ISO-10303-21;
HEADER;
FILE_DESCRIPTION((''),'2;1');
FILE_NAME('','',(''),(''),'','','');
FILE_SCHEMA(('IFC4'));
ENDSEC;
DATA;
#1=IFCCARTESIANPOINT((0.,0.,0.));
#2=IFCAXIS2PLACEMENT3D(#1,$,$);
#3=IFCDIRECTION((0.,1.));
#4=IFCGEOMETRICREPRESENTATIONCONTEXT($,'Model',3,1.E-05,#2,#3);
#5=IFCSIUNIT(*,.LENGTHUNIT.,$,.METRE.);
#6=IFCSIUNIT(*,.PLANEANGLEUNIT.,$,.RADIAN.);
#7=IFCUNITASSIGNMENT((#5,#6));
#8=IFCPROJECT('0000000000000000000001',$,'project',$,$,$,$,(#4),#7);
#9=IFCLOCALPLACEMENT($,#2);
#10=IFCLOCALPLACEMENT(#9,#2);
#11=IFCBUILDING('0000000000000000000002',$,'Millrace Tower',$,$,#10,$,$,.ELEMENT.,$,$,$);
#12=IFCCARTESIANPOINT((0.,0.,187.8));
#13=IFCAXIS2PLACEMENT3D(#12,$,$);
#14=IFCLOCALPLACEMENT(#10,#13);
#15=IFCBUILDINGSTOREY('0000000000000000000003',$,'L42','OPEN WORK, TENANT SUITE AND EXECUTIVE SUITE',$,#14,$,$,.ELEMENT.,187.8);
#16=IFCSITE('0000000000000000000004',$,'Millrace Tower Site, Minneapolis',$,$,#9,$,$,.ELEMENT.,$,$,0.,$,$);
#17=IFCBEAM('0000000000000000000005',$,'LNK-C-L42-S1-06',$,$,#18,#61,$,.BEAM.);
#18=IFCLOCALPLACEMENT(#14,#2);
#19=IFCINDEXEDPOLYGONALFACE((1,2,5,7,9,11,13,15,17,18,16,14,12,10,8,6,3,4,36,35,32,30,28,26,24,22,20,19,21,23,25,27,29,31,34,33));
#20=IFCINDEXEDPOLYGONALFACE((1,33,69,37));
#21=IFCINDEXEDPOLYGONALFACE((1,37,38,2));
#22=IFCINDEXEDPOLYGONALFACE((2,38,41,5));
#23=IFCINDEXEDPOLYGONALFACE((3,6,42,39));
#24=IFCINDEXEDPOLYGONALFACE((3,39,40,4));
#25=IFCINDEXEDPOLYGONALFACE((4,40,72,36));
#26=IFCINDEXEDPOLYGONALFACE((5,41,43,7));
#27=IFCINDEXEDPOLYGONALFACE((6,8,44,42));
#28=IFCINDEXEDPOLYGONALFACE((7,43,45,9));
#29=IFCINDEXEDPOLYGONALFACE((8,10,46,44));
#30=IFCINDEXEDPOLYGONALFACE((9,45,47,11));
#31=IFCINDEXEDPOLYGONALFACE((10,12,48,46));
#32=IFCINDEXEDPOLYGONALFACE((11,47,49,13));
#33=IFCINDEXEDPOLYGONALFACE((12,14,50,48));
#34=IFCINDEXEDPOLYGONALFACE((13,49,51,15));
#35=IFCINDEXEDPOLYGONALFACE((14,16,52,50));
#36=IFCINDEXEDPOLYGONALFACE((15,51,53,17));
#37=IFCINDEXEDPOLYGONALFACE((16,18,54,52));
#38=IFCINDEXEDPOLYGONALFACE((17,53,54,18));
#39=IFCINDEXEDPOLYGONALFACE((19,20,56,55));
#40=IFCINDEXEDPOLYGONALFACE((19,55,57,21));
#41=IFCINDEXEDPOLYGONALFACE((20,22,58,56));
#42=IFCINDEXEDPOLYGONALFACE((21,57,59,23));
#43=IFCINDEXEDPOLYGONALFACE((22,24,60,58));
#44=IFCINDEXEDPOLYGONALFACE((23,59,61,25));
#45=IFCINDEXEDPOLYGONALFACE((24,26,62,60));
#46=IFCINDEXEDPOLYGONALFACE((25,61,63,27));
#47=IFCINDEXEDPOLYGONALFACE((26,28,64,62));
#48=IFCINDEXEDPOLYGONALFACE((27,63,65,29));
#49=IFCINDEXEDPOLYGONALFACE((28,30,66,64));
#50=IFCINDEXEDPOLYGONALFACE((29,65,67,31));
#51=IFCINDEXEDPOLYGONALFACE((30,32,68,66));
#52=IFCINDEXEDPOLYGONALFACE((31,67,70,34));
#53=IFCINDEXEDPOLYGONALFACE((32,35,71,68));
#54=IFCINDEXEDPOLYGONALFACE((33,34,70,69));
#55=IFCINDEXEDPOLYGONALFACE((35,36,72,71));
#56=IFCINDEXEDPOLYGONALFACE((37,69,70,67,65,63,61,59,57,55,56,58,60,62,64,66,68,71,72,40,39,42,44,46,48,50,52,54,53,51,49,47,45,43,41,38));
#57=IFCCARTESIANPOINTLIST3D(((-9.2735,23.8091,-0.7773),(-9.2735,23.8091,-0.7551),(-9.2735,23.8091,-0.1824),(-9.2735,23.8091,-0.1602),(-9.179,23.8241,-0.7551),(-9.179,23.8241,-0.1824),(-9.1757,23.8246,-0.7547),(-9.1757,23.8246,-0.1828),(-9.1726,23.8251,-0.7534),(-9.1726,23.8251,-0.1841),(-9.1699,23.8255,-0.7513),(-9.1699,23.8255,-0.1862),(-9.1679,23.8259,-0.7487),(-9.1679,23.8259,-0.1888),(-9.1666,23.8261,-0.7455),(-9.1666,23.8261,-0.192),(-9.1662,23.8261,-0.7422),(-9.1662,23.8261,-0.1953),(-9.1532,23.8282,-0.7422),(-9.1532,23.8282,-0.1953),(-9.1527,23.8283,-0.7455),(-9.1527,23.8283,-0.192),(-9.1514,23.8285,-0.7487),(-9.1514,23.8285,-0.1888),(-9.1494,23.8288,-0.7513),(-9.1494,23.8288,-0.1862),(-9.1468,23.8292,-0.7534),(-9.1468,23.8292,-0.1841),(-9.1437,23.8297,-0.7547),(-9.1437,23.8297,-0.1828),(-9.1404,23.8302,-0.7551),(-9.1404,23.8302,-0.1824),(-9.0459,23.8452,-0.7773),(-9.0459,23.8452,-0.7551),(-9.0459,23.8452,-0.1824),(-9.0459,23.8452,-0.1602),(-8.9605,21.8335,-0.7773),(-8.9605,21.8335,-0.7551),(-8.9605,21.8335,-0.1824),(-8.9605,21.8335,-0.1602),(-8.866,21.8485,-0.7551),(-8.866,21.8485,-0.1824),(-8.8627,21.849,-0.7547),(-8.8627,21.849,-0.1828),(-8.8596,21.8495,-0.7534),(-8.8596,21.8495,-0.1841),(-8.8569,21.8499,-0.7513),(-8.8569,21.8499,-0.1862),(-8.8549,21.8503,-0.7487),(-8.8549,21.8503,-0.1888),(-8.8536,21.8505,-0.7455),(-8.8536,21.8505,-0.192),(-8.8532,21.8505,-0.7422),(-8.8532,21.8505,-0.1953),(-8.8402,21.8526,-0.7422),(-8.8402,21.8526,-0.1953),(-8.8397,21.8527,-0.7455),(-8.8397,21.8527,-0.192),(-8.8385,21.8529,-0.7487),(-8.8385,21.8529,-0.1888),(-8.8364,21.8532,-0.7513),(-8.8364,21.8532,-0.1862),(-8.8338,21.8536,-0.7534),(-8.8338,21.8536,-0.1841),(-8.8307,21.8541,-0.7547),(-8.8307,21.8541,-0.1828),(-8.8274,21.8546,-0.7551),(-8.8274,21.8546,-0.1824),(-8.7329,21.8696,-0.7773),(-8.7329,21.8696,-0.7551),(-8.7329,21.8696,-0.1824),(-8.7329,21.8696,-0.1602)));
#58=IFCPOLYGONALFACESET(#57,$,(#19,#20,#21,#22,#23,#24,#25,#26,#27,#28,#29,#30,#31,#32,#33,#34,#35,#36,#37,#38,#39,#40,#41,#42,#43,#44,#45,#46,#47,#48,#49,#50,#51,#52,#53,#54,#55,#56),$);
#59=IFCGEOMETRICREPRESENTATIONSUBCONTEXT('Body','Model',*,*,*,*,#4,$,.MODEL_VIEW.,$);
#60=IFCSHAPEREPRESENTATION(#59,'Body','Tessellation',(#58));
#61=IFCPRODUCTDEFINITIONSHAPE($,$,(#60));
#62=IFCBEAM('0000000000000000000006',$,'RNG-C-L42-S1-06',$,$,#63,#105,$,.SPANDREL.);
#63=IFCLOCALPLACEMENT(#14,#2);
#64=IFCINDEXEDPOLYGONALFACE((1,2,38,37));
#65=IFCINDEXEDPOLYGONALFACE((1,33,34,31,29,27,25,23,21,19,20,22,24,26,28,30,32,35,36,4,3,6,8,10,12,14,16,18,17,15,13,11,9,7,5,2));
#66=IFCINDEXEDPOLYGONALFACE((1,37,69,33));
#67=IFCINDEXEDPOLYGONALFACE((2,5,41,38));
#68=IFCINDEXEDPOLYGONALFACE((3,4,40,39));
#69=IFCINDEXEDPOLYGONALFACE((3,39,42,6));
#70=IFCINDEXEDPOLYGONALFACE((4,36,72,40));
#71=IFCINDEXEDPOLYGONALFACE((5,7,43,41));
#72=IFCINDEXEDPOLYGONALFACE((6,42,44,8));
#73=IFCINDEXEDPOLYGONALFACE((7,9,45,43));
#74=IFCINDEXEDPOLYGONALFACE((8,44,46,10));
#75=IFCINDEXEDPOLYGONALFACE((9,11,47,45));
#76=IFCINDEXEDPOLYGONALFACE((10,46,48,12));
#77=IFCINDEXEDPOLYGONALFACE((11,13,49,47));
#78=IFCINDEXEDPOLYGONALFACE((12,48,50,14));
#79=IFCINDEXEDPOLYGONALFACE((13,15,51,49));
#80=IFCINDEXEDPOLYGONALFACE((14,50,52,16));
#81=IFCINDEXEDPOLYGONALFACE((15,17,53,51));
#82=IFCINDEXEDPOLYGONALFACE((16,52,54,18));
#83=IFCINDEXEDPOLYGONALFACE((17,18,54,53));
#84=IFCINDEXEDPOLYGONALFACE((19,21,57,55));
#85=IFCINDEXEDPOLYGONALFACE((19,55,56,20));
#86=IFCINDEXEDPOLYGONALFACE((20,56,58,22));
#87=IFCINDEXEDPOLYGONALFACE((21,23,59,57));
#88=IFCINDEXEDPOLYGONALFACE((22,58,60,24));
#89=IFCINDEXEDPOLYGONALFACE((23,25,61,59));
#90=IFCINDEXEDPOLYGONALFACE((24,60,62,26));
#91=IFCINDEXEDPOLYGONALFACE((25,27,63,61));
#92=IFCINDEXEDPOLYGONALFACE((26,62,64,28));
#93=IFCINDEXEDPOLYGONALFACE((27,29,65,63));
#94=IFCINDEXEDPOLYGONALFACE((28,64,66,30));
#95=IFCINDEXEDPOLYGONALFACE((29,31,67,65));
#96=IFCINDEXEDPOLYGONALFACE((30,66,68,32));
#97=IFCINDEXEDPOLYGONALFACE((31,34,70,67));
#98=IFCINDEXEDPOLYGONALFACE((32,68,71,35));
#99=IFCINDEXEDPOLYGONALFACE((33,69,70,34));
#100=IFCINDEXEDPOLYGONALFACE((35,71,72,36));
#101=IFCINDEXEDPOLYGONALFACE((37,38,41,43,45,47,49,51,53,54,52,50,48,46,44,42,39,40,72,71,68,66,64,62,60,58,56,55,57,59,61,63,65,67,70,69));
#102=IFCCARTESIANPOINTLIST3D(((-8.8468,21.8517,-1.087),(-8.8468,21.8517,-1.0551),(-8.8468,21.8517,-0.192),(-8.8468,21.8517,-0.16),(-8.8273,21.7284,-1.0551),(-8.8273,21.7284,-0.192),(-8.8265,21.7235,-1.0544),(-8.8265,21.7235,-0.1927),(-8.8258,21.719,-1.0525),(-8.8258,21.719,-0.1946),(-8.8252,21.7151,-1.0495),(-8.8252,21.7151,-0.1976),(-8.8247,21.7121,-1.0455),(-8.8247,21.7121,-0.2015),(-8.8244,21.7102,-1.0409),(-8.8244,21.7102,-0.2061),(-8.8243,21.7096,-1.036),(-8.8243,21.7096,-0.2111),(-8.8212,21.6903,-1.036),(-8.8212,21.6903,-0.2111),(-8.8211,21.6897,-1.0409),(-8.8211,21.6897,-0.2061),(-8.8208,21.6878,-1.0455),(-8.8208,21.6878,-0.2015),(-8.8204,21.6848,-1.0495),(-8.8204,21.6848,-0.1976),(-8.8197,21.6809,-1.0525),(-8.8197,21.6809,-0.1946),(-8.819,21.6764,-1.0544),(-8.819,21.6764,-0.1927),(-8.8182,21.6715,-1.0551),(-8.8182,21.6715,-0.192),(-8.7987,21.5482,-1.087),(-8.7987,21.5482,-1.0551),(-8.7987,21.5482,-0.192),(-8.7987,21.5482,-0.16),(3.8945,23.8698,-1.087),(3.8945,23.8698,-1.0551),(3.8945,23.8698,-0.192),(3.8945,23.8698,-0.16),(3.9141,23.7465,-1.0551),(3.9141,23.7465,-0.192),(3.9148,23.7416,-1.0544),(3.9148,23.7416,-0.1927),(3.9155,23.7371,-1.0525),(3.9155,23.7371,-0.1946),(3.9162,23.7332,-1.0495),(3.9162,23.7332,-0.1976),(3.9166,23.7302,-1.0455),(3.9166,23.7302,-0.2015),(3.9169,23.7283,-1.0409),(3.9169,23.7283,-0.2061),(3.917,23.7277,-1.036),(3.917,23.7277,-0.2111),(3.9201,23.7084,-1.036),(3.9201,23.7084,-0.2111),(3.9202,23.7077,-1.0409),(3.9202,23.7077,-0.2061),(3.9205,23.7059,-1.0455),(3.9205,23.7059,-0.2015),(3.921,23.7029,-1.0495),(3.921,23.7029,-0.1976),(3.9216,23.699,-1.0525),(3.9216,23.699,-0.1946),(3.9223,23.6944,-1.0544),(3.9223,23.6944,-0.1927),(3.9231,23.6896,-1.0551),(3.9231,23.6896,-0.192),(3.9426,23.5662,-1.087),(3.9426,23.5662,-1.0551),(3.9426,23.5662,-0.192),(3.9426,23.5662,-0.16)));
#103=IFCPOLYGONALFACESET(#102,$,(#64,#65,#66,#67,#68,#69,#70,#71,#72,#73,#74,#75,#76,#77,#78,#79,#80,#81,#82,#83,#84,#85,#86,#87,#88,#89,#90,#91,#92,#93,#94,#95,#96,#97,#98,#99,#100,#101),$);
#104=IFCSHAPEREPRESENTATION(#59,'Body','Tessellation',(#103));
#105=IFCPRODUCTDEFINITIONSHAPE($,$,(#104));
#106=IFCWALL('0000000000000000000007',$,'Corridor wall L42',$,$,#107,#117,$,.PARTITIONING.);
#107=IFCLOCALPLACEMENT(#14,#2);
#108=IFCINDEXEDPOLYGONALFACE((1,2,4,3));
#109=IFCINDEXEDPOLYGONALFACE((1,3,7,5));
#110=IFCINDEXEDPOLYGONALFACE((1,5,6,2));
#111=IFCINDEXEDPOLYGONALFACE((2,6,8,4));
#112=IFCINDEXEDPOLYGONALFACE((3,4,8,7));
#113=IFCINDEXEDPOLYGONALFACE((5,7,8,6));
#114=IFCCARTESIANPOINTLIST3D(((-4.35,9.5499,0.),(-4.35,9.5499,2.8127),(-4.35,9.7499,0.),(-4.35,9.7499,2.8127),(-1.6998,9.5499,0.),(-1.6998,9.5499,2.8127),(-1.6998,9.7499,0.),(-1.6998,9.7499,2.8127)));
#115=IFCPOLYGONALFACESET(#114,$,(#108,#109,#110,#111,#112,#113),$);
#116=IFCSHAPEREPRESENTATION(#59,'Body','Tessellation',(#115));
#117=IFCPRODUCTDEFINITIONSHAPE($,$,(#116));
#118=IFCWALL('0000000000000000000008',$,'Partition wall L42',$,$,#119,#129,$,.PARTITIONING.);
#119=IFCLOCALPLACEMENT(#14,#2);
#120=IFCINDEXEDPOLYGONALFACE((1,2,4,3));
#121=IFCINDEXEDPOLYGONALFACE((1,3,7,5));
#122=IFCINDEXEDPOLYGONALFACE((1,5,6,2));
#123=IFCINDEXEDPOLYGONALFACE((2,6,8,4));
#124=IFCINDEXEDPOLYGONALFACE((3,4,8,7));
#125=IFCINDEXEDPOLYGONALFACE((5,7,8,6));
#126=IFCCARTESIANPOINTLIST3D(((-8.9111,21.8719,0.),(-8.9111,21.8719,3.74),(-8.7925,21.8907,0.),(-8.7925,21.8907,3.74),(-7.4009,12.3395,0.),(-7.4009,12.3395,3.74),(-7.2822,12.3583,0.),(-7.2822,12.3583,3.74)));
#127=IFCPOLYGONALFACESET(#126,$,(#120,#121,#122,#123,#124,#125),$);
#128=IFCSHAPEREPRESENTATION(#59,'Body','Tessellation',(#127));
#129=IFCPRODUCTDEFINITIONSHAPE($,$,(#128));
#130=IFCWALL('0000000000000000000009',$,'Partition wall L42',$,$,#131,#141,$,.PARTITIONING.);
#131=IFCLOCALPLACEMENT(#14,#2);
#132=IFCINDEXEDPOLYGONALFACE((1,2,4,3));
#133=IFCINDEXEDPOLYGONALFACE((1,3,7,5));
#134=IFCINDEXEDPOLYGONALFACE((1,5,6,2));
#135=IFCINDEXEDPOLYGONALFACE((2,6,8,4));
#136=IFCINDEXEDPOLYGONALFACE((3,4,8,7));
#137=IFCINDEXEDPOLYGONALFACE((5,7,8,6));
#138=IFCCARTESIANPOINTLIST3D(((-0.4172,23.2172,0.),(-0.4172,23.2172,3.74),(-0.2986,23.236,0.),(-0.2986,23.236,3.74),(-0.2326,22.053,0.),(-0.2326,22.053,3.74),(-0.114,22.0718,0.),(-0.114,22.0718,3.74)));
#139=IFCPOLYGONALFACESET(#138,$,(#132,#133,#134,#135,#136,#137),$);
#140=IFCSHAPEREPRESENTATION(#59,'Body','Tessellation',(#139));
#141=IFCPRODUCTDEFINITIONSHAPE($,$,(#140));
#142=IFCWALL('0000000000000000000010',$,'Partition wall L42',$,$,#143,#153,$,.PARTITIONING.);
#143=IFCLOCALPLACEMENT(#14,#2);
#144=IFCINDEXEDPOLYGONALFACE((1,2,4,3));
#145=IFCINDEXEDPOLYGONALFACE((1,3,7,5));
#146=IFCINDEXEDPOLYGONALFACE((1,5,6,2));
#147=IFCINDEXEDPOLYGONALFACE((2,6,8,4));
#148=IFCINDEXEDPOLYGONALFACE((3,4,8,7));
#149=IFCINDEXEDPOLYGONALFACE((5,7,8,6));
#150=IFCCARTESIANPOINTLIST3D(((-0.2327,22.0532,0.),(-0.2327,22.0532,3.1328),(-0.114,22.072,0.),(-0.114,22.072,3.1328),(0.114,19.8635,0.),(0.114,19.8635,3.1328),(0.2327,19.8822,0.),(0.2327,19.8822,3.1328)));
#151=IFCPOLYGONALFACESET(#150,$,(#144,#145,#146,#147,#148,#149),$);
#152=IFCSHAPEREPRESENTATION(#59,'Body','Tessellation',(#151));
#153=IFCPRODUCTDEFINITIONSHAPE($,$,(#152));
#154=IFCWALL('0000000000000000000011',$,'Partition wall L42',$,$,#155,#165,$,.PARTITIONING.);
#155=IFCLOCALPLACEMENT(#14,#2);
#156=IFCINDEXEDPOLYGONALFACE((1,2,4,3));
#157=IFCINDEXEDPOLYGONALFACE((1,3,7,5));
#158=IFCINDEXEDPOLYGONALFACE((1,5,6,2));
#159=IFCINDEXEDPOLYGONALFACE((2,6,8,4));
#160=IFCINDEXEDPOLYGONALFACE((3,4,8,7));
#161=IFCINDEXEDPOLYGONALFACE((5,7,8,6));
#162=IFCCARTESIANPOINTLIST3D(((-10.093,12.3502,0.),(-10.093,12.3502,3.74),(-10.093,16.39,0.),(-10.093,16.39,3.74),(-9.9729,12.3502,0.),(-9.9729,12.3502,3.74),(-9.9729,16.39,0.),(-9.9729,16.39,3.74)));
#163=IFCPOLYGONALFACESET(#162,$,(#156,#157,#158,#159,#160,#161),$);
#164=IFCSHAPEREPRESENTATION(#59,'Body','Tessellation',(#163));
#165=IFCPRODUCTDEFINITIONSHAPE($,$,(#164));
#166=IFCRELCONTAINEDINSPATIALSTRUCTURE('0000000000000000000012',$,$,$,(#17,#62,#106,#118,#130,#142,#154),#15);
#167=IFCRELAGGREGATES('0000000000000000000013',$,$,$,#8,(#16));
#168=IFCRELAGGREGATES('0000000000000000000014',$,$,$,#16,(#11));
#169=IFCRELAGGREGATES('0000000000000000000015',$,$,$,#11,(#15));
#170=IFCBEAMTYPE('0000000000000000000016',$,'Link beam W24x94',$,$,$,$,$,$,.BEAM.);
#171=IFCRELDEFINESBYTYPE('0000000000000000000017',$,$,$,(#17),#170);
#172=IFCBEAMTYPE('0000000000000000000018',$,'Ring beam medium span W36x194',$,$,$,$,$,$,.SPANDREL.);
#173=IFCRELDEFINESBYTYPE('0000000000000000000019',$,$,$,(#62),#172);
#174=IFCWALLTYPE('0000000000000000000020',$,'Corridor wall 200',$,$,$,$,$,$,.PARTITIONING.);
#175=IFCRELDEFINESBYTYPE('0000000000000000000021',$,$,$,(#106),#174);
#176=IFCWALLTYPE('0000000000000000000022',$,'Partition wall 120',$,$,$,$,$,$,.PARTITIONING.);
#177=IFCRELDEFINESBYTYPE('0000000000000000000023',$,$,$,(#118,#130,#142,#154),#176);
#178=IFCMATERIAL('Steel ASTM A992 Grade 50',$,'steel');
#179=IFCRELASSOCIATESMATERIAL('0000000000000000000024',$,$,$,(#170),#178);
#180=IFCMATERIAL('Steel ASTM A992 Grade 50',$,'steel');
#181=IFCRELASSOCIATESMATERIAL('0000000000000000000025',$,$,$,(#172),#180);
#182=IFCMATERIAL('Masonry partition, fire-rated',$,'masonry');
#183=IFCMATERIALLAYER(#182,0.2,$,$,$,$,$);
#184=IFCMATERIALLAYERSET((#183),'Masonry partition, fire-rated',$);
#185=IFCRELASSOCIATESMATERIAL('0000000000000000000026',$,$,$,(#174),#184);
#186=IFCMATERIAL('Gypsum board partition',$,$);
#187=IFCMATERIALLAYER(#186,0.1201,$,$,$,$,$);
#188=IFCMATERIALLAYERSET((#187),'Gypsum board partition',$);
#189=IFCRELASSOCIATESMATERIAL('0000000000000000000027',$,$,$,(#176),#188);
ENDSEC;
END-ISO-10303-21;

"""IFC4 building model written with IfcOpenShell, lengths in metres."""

from ifc_helpers import new_model, si_unit, direction, frame, frame_2d, origin, origin_2d, place, context, subcontext, project, spatial, rectangle, i_section, extrude, material, layer, layer_set, material_profile, profile_set, type_object, element, save


model = new_model("IFC4")

# Units and contexts
model_context = context("Model", 3, precision=1e-05, world=origin(), true_north=direction((0.0, 1.0)))
body_context = subcontext(model_context, "Body", "Model", "MODEL_VIEW")
ifc_project = project(units=[si_unit("LENGTHUNIT", "METRE"), si_unit("PLANEANGLEUNIT", "RADIAN")], contexts=[model_context])

# Site, building, storey
site_placement = place(None, origin())
site = spatial("IfcSite", under=ifc_project, at=site_placement, Name="Millrace Tower Site, Minneapolis", CompositionType="ELEMENT", RefElevation=0.0)
building_placement = place(site_placement, origin())
building = spatial("IfcBuilding", under=site, at=building_placement, Name="Millrace Tower", CompositionType="ELEMENT")
storey_placement = place(building_placement, frame((0.0, 0.0, 187.8)))
storey = spatial("IfcBuildingStorey", under=building, at=storey_placement, Name="L42", Description="OPEN WORK, TENANT SUITE AND EXECUTIVE SUITE", CompositionType="ELEMENT", Elevation=187.8)

# Beams
ifc_material_1 = material(Name="Steel ASTM A992 Grade 50", Category="steel")
ifc_material_profile_1 = material_profile(ifc_material_1, i_section(OverallWidth=0.2305, OverallDepth=0.6172, WebThickness=0.0132, FlangeThickness=0.0222, FilletRadius=0.0129, at=origin_2d()))
ifc_profile_set_1 = profile_set([ifc_material_profile_1], Name="Steel ASTM A992 Grade 50")
beam_type_1 = type_object("IfcBeamType", Name="Link beam W24x94", PredefinedType="BEAM", material=ifc_profile_set_1)
beam_1_placement = place(storey_placement, frame((-8.8467, 21.8516, -0.4688), z_axis=(-0.156477, 0.987682, 0.0), x_axis=(-0.987682, -0.156477, 0.0)))
element("IfcBeam", 1, at=beam_1_placement, inside=storey, type_object=beam_type_1, Name="LNK-C-L42-S1-06", PredefinedType="BEAM", context=body_context, shape_type="SweptSolid", body=[
    extrude(i_section(OverallWidth=0.2305, OverallDepth=0.6172, WebThickness=0.0132, FlangeThickness=0.0222, FilletRadius=0.0129, at=origin_2d()), origin(), (0.0, 0.0, 1.0), 2.0002),
])
ifc_material_2 = material(Name="Steel ASTM A992 Grade 50", Category="steel")
ifc_material_profile_2 = material_profile(ifc_material_2, i_section(OverallWidth=0.3074, OverallDepth=0.927, WebThickness=0.0195, FlangeThickness=0.032, FilletRadius=0.019, at=origin_2d()))
ifc_profile_set_2 = profile_set([ifc_material_profile_2], Name="Steel ASTM A992 Grade 50")
beam_type_2 = type_object("IfcBeamType", Name="Ring beam medium span W36x194", PredefinedType="SPANDREL", material=ifc_profile_set_2)
beam_2_placement = place(storey_placement, frame((-8.8228, 21.7, -0.6235), z_axis=(0.987688, 0.156439, 0.0), x_axis=(-0.156439, 0.987688, 0.0)))
element("IfcBeam", 2, at=beam_2_placement, inside=storey, type_object=beam_type_2, Name="RNG-C-L42-S1-06", PredefinedType="SPANDREL", context=body_context, shape_type="SweptSolid", body=[
    extrude(i_section(OverallWidth=0.3074, OverallDepth=0.927, WebThickness=0.0195, FlangeThickness=0.032, FilletRadius=0.019, at=origin_2d()), origin(), (0.0, 0.0, 1.0), 12.9001),
])

# Walls
ifc_material_3 = material(Name="Masonry partition, fire-rated", Category="masonry")
ifc_layer_1 = layer(ifc_material_3, 0.2)
ifc_layer_set_1 = layer_set([ifc_layer_1], Name="Masonry partition, fire-rated")
wall_type_1 = type_object("IfcWallType", Name="Corridor wall 200", PredefinedType="PARTITIONING", material=ifc_layer_set_1)
wall_1_placement = place(storey_placement, frame((-4.3501, 9.6499, 0.0), z_axis=(0.0, 0.0, 1.0), x_axis=(1.0, 0.0, 0.0)))
element("IfcWall", 3, at=wall_1_placement, inside=storey, type_object=wall_type_1, Name="Corridor wall L42", PredefinedType="PARTITIONING", context=body_context, shape_type="SweptSolid", body=[
    extrude(rectangle(XDim=2.6501, YDim=0.2, at=frame_2d((1.3252, 0.0))), origin(), (0.0, 0.0, 1.0), 2.8127),
])
ifc_material_4 = material(Name="Gypsum board partition")
ifc_layer_2 = layer(ifc_material_4, 0.1201)
ifc_layer_set_2 = layer_set([ifc_layer_2], Name="Gypsum board partition")
wall_type_2 = type_object("IfcWallType", Name="Partition wall 120", PredefinedType="PARTITIONING", material=ifc_layer_set_2)
wall_2_placement = place(storey_placement, frame((-8.8518, 21.8813, 0.0), z_axis=(0.0, 0.0, 1.0), x_axis=(0.156481, -0.987681, 0.0)))
element("IfcWall", 4, at=wall_2_placement, inside=storey, type_object=wall_type_2, Name="Partition wall L42", PredefinedType="PARTITIONING", context=body_context, shape_type="SweptSolid", body=[
    extrude(rectangle(XDim=9.6514, YDim=0.1201, at=frame_2d((4.8257, 0.0))), origin(), (0.0, 0.0, 1.0), 3.74),
])
wall_3_placement = place(storey_placement, frame((-0.3579, 23.2266, 0.0), z_axis=(0.0, 0.0, 1.0), x_axis=(0.156601, -0.987662, 0.0)))
element("IfcWall", 5, at=wall_3_placement, inside=storey, type_object=wall_type_2, Name="Partition wall L42", PredefinedType="PARTITIONING", context=body_context, shape_type="SweptSolid", body=[
    extrude(rectangle(XDim=1.1787, YDim=0.1201, at=frame_2d((0.5894, 0.0))), origin(), (0.0, 0.0, 1.0), 3.74),
])
wall_4_placement = place(storey_placement, frame((-0.1733, 22.0625, 0.0), z_axis=(0.0, 0.0, 1.0), x_axis=(0.156375, -0.987698, 0.0)))
element("IfcWall", 6, at=wall_4_placement, inside=storey, type_object=wall_type_2, Name="Partition wall L42", PredefinedType="PARTITIONING", context=body_context, shape_type="SweptSolid", body=[
    extrude(rectangle(XDim=2.217, YDim=0.1201, at=frame_2d((1.1084, 0.0))), origin(), (0.0, 0.0, 1.0), 3.1328),
])
wall_5_placement = place(storey_placement, frame((-10.033, 12.3501, 0.0), z_axis=(0.0, 0.0, 1.0), x_axis=(0.0, 1.0, 0.0)))
element("IfcWall", 7, at=wall_5_placement, inside=storey, type_object=wall_type_2, Name="Partition wall L42", PredefinedType="PARTITIONING", context=body_context, shape_type="SweptSolid", body=[
    extrude(rectangle(XDim=4.0398, YDim=0.1201, at=frame_2d((2.02, 0.0))), origin(), (0.0, 0.0, 1.0), 3.74),
])

save(model, "model.ifc")
